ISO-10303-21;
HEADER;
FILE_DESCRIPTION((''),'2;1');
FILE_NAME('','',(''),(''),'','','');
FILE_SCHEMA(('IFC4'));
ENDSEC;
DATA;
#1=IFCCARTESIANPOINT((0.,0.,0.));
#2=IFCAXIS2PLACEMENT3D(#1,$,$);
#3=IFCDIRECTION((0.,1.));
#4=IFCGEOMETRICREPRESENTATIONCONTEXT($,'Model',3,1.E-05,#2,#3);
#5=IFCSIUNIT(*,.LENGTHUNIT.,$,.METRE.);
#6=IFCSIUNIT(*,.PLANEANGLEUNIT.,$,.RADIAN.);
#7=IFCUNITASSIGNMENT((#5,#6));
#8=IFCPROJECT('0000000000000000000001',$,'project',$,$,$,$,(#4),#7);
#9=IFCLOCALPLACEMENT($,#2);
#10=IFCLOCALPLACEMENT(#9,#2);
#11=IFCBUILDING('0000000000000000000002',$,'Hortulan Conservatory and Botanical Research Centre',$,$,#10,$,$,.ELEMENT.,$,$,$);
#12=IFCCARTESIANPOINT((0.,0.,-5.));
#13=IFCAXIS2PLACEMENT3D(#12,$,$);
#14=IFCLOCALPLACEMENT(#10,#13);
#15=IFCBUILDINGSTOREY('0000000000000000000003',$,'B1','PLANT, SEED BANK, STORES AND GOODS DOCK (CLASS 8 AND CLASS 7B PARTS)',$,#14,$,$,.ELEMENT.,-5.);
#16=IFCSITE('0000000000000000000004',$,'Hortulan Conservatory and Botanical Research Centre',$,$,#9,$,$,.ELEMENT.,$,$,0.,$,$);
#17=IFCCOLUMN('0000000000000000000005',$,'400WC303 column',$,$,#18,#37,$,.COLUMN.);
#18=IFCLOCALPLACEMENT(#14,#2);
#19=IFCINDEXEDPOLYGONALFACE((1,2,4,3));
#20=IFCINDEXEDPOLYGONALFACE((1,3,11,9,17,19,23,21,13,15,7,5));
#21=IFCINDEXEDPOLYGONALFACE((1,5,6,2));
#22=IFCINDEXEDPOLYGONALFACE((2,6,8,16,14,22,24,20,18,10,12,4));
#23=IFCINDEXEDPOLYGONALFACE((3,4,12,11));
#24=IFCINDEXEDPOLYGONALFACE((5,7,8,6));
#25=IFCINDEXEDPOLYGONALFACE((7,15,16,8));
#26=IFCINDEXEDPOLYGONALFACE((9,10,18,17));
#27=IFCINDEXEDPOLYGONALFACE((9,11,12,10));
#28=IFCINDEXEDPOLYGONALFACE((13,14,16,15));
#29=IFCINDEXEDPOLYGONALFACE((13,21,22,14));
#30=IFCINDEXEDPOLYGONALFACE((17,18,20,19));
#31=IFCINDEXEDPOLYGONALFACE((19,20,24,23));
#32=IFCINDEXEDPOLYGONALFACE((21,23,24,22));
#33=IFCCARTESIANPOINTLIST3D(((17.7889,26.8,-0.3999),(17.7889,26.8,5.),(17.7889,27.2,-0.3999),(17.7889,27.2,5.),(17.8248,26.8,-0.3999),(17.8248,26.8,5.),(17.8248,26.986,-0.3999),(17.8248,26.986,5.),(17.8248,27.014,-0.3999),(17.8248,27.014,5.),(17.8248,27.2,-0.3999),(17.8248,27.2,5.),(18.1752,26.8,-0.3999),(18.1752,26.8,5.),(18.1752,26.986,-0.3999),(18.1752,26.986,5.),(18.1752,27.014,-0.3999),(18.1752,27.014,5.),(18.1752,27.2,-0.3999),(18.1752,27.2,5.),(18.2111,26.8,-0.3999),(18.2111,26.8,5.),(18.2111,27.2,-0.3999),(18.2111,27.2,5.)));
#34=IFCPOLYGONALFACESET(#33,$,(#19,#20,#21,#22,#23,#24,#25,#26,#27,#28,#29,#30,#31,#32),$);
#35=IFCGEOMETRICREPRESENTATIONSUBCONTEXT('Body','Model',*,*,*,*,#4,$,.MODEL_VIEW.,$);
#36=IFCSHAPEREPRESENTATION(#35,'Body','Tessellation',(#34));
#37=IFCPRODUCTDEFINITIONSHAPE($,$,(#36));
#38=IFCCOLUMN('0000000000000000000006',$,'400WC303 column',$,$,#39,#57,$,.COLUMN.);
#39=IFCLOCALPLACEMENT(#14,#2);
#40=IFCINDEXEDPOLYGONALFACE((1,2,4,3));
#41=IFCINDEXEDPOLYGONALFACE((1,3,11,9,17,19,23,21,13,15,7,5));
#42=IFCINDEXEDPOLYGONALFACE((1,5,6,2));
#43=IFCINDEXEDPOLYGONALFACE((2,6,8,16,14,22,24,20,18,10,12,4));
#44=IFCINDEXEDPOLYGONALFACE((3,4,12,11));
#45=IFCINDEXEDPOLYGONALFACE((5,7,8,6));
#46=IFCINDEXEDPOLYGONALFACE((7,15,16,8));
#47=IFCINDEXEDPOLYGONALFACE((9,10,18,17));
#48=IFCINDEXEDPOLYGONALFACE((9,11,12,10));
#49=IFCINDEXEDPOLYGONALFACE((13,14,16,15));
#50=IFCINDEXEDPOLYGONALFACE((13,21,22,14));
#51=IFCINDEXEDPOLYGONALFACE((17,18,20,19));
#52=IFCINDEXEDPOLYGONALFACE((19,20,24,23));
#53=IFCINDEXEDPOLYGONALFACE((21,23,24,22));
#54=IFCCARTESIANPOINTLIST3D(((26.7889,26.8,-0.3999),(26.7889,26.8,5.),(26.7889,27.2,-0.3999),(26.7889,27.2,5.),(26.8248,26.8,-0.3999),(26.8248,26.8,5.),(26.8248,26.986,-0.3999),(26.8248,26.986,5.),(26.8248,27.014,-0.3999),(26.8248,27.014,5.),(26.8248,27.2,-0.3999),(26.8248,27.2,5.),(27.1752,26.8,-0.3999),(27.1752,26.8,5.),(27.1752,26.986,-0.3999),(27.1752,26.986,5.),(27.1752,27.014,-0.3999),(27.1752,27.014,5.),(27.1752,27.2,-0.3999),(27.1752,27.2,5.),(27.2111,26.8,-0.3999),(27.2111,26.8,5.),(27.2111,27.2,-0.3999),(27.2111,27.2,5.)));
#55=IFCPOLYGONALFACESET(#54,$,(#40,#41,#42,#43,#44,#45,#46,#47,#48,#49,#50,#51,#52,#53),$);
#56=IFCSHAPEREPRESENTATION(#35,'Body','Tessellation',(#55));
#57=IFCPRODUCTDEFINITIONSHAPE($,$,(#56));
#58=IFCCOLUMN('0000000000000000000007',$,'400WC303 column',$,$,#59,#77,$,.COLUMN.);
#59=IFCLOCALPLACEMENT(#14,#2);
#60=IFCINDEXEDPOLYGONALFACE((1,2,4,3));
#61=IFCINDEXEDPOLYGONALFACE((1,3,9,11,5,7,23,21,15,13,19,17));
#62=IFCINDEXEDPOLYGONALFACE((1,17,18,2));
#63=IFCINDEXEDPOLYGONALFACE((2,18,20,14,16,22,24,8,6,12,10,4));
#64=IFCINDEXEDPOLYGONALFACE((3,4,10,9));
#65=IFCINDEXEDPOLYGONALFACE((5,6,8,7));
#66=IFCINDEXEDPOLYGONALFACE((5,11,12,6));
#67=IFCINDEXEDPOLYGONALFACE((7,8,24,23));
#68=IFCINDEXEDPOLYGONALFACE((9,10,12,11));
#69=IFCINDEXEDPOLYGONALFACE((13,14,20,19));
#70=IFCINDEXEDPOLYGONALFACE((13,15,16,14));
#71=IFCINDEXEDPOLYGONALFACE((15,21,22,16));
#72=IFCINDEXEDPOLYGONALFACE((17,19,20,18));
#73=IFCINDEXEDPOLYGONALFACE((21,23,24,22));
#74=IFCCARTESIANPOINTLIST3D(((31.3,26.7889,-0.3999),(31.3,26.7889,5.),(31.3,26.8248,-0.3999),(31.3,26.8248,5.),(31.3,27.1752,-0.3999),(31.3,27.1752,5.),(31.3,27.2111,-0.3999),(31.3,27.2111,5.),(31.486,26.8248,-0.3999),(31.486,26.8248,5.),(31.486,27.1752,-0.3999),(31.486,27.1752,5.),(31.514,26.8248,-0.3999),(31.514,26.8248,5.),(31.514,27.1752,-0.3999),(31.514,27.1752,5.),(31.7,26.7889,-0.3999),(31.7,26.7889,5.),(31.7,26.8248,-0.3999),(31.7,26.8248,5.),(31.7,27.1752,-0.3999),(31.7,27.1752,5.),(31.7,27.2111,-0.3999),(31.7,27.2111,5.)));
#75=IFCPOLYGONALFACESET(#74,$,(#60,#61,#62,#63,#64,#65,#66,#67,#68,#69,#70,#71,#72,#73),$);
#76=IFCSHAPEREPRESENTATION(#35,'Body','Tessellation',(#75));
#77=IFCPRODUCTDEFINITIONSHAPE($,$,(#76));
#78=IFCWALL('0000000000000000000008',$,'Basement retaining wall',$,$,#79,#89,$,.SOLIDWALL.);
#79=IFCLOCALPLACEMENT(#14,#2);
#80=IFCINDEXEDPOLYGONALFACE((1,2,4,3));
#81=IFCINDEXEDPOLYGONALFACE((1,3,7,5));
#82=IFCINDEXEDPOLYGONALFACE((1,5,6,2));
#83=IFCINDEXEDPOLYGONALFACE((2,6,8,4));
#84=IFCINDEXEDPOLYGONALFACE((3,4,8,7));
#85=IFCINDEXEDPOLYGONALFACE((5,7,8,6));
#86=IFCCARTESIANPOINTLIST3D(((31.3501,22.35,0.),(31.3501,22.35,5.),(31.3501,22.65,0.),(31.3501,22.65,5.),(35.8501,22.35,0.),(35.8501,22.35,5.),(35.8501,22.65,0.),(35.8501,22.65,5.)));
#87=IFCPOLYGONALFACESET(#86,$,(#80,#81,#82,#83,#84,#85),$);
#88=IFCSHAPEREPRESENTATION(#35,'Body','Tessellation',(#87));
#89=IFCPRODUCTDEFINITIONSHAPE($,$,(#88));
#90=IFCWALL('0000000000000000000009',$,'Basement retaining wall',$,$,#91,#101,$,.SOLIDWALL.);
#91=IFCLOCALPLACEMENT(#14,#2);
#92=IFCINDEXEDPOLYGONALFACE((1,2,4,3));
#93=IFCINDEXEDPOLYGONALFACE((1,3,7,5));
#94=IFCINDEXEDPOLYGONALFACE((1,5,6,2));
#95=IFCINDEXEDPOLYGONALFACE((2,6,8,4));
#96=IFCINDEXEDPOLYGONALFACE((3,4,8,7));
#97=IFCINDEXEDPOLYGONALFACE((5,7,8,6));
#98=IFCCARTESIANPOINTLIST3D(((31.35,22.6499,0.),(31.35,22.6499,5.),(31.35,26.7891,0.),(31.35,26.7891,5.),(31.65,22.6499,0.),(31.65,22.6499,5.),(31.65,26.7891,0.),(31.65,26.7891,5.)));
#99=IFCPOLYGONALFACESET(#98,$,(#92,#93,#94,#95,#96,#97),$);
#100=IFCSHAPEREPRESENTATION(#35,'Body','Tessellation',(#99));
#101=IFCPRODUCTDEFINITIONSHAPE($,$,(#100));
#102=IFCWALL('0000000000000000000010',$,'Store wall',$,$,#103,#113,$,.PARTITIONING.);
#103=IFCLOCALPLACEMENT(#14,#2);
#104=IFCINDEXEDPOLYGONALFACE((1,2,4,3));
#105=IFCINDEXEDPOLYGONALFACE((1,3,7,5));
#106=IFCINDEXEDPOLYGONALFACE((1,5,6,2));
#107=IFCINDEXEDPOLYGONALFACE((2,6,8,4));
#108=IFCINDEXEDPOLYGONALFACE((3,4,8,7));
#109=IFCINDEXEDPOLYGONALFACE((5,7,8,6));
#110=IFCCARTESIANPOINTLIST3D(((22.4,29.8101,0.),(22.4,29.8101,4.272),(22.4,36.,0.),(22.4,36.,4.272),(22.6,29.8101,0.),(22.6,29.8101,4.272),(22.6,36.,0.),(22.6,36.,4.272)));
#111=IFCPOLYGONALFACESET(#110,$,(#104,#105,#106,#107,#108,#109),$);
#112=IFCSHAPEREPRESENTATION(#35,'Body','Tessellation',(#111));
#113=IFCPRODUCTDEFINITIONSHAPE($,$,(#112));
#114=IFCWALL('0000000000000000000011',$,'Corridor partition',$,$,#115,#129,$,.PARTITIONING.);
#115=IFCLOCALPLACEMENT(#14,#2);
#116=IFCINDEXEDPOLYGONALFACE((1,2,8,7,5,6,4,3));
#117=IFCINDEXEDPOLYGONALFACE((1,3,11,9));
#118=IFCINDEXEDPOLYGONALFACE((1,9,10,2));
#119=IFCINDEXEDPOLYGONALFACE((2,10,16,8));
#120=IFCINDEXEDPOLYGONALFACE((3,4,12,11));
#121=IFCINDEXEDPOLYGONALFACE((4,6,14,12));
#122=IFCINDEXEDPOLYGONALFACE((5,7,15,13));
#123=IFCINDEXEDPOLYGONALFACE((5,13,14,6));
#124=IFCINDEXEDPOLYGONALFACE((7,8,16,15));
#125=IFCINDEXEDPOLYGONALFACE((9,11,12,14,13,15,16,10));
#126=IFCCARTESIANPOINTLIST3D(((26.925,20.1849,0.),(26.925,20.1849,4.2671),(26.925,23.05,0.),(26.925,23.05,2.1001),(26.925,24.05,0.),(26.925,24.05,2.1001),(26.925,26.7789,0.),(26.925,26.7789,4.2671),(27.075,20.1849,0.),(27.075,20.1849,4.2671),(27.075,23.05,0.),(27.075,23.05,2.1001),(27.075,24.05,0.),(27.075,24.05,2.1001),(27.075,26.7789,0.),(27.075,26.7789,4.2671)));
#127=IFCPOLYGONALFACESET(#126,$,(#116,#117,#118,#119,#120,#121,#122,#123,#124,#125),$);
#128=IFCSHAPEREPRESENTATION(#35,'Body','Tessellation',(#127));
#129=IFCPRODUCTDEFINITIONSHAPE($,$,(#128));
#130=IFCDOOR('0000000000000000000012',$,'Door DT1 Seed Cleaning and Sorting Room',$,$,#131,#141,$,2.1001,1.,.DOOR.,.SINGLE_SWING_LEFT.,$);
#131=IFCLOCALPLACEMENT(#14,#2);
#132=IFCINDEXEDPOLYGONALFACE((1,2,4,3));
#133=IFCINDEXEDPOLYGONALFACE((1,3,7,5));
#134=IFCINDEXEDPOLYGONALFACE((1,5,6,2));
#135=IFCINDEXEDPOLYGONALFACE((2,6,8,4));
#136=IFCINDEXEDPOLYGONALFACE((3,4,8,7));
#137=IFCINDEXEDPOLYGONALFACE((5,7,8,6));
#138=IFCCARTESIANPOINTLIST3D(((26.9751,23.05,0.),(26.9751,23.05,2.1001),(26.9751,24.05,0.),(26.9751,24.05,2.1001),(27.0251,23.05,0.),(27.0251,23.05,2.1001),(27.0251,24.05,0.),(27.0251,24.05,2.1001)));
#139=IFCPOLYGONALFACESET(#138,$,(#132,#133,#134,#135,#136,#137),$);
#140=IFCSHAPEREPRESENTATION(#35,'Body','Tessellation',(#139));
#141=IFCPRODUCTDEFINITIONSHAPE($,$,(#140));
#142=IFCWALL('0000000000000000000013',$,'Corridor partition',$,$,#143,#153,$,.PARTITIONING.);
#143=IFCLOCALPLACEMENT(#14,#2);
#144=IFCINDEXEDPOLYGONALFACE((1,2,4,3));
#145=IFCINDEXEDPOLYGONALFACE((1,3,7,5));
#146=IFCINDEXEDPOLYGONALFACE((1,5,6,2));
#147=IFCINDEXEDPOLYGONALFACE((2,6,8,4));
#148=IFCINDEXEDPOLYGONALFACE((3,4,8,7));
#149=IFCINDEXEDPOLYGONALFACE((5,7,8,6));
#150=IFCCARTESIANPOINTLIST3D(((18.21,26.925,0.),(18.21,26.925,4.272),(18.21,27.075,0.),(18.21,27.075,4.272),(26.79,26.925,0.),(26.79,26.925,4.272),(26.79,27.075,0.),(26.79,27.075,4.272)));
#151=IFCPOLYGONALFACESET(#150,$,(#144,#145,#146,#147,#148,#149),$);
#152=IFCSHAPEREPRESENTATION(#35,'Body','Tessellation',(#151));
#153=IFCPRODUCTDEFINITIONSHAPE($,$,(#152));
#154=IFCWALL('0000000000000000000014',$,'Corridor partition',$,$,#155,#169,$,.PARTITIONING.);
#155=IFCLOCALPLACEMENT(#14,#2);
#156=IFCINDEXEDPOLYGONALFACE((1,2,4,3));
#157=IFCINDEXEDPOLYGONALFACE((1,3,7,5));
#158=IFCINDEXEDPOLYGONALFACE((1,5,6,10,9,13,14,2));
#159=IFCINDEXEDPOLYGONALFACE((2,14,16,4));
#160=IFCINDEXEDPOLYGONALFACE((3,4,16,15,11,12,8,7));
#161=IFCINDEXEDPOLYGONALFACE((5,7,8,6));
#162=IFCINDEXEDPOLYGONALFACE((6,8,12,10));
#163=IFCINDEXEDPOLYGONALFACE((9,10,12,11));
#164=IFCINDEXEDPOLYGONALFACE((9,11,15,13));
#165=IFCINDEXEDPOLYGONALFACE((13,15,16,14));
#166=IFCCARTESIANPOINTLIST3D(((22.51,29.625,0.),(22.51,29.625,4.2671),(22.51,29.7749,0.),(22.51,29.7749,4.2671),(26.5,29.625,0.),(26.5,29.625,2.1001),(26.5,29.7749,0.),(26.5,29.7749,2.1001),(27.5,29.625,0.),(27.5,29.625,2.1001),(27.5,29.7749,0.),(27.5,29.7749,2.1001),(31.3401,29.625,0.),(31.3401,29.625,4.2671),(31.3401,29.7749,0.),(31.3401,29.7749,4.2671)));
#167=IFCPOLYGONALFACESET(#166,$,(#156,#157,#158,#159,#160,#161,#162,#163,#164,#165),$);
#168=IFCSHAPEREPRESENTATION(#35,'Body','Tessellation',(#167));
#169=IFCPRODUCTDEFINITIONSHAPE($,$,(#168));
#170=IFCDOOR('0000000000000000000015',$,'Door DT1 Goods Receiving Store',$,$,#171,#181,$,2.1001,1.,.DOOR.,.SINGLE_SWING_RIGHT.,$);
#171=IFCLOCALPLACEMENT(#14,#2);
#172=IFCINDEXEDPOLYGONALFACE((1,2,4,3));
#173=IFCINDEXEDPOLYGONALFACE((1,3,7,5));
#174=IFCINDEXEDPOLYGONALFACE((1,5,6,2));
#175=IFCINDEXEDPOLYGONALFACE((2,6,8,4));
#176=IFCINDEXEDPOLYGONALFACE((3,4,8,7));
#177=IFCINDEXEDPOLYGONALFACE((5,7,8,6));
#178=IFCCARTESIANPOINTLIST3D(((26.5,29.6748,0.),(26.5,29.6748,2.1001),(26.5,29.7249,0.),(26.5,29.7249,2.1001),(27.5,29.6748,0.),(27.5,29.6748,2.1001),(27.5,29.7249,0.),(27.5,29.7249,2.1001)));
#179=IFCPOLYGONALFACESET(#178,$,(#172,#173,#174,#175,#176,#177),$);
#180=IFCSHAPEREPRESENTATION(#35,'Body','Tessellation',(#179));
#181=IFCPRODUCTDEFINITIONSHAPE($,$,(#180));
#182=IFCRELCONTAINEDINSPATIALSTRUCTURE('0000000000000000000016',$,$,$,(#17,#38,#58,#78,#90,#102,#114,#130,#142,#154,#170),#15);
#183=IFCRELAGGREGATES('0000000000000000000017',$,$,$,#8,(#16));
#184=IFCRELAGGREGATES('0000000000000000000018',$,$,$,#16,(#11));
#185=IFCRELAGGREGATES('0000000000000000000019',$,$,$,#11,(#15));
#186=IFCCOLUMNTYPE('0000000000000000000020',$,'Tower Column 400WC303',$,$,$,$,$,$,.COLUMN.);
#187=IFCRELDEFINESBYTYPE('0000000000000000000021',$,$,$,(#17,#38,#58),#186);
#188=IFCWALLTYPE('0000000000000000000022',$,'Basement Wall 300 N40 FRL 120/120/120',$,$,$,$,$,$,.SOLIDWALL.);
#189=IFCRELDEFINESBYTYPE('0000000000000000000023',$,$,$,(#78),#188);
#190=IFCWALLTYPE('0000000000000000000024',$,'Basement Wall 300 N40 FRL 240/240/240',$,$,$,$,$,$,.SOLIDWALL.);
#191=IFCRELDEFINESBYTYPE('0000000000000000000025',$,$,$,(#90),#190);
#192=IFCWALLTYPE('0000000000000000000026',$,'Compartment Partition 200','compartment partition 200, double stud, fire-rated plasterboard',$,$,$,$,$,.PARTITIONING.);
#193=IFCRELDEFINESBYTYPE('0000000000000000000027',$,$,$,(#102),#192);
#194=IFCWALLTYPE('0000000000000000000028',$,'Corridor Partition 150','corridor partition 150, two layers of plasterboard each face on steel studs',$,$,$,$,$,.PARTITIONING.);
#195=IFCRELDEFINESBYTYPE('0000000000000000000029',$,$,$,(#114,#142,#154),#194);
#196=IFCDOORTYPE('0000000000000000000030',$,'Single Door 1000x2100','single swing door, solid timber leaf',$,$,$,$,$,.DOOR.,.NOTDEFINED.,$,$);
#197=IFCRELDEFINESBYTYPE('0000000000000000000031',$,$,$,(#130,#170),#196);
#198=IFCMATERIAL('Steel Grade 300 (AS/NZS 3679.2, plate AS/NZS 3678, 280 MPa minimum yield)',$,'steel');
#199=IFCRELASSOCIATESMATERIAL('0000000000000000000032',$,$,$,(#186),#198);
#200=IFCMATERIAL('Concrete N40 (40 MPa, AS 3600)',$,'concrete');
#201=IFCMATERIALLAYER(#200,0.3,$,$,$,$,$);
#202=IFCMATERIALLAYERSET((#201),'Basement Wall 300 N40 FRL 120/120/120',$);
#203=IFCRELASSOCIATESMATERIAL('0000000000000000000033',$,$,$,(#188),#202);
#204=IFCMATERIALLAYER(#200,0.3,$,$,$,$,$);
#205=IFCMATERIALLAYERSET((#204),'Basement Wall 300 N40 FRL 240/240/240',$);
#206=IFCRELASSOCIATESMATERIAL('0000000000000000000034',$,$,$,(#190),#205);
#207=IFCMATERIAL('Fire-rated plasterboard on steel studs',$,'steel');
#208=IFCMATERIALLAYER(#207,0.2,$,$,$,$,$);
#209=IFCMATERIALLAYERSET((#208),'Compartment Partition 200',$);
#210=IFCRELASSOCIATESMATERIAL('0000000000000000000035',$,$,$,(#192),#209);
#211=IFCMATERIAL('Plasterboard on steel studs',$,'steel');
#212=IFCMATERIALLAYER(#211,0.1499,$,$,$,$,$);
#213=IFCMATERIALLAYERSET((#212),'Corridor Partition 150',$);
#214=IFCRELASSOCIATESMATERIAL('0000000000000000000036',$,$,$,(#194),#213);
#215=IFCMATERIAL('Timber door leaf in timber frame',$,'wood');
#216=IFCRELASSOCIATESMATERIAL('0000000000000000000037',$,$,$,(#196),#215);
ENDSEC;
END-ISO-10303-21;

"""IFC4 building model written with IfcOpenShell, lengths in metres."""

from ifc_helpers import new_model, si_unit, direction, frame, frame_2d, origin, origin_2d, place, context, subcontext, project, spatial, rectangle, i_section, extrude, material, layer, layer_set, material_profile, profile_set, type_object, element, fill, save


model = new_model("IFC4")

# Units and contexts
model_context = context("Model", 3, precision=1e-05, world=origin(), true_north=direction((0.0, 1.0)))
body_context = subcontext(model_context, "Body", "Model", "MODEL_VIEW")
ifc_project = project(units=[si_unit("LENGTHUNIT", "METRE"), si_unit("PLANEANGLEUNIT", "RADIAN")], contexts=[model_context])

# Site, building, storey
site_placement = place(None, origin())
site = spatial("IfcSite", under=ifc_project, at=site_placement, Name="Hortulan Conservatory and Botanical Research Centre", CompositionType="ELEMENT", RefElevation=0.0)
building_placement = place(site_placement, origin())
building = spatial("IfcBuilding", under=site, at=building_placement, Name="Hortulan Conservatory and Botanical Research Centre", CompositionType="ELEMENT")
storey_placement = place(building_placement, frame((0.0, 0.0, -5.0)))
storey = spatial("IfcBuildingStorey", under=building, at=storey_placement, Name="B1", Description="PLANT, SEED BANK, STORES AND GOODS DOCK (CLASS 8 AND CLASS 7B PARTS)", CompositionType="ELEMENT", Elevation=-5.0)

# Shared definitions
ifc_material_1 = material(Name="Concrete N40 (40 MPa, AS 3600)", Category="concrete")

# Columns
ifc_material_2 = material(Name="Steel Grade 300 (AS/NZS 3679.2, plate AS/NZS 3678, 280 MPa minimum yield)", Category="steel")
ifc_material_profile_1 = material_profile(ifc_material_2, i_section(OverallWidth=0.3999, OverallDepth=0.4221, WebThickness=0.0281, FlangeThickness=0.0359, at=origin_2d()), Name="400WC303")
ifc_profile_set_1 = profile_set([ifc_material_profile_1], Name="Steel Grade 300 (AS/NZS 3679.2, plate AS/NZS 3678, 280 MPa minimum yield)")
column_type_1 = type_object("IfcColumnType", Name="Tower Column 400WC303", PredefinedType="COLUMN", material=ifc_profile_set_1)
for number, where, z_axis, x_axis, name in (
    (1, (18.0, 27.0, -0.3999), (0.0, 0.0, 1.0), (0.0, 1.0, 0.0), "400WC303 column"),
    (2, (27.0, 27.0, -0.3999), (0.0, 0.0, 1.0), (0.0, 1.0, 0.0), "400WC303 column"),
    (3, (31.5, 27.0, -0.3999), (0.0, 0.0, 1.0), (1.0, 0.0, 0.0), "400WC303 column"),
):
    element("IfcColumn", number, at=place(storey_placement, frame(where, z_axis=z_axis, x_axis=x_axis)), inside=storey, type_object=column_type_1, Name=name, PredefinedType="COLUMN", context=body_context, shape_type="SweptSolid", body=[
        extrude(i_section(OverallWidth=0.3999, OverallDepth=0.4221, WebThickness=0.0281, FlangeThickness=0.0359, at=origin_2d()), origin(), (0.0, 0.0, 1.0), 5.3999),
    ])

# Walls
ifc_layer_1 = layer(ifc_material_1, 0.3)
ifc_layer_set_1 = layer_set([ifc_layer_1], Name="Basement Wall 300 N40 FRL 120/120/120")
wall_type_1 = type_object("IfcWallType", Name="Basement Wall 300 N40 FRL 120/120/120", PredefinedType="SOLIDWALL", material=ifc_layer_set_1)
wall_1_placement = place(storey_placement, frame((31.3501, 22.5, 0.0), z_axis=(0.0, 0.0, 1.0), x_axis=(1.0, 0.0, 0.0)))
element("IfcWall", 4, at=wall_1_placement, inside=storey, type_object=wall_type_1, Name="Basement retaining wall", PredefinedType="SOLIDWALL", context=body_context, shape_type="SweptSolid", body=[
    extrude(rectangle(XDim=4.5, YDim=0.3, at=frame_2d((2.25, 0.0))), origin(), (0.0, 0.0, 1.0), 5.0),
])
ifc_layer_2 = layer(ifc_material_1, 0.3)
ifc_layer_set_2 = layer_set([ifc_layer_2], Name="Basement Wall 300 N40 FRL 240/240/240")
wall_type_2 = type_object("IfcWallType", Name="Basement Wall 300 N40 FRL 240/240/240", PredefinedType="SOLIDWALL", material=ifc_layer_set_2)
wall_2_placement = place(storey_placement, frame((31.5, 26.7891, 0.0), z_axis=(0.0, 0.0, 1.0), x_axis=(0.0, -1.0, 0.0)))
element("IfcWall", 5, at=wall_2_placement, inside=storey, type_object=wall_type_2, Name="Basement retaining wall", PredefinedType="SOLIDWALL", context=body_context, shape_type="SweptSolid", body=[
    extrude(rectangle(XDim=4.1392, YDim=0.3, at=frame_2d((2.0696, 0.0))), origin(), (0.0, 0.0, 1.0), 5.0),
])
ifc_material_3 = material(Name="Fire-rated plasterboard on steel studs", Category="steel")
ifc_layer_3 = layer(ifc_material_3, 0.2)
ifc_layer_set_3 = layer_set([ifc_layer_3], Name="Compartment Partition 200")
wall_type_3 = type_object("IfcWallType", Name="Compartment Partition 200", Description="compartment partition 200, double stud, fire-rated plasterboard", PredefinedType="PARTITIONING", material=ifc_layer_set_3)
wall_3_placement = place(storey_placement, frame((22.5, 29.8101, 0.0), z_axis=(0.0, 0.0, 1.0), x_axis=(0.0, 1.0, 0.0)))
element("IfcWall", 6, at=wall_3_placement, inside=storey, type_object=wall_type_3, Name="Store wall", PredefinedType="PARTITIONING", context=body_context, shape_type="SweptSolid", body=[
    extrude(rectangle(XDim=6.1899, YDim=0.2, at=frame_2d((3.095, 0.0))), origin(), (0.0, 0.0, 1.0), 4.272),
])

# Wall, opening, door
ifc_material_4 = material(Name="Plasterboard on steel studs", Category="steel")
ifc_layer_4 = layer(ifc_material_4, 0.1499)
ifc_layer_set_4 = layer_set([ifc_layer_4], Name="Corridor Partition 150")
wall_type_4 = type_object("IfcWallType", Name="Corridor Partition 150", Description="corridor partition 150, two layers of plasterboard each face on steel studs", PredefinedType="PARTITIONING", material=ifc_layer_set_4)
wall_4_placement = place(storey_placement, frame((27.0, 20.1851, 0.0), z_axis=(0.0, 0.0, 1.0), x_axis=(0.0, 1.0, 0.0)))
wall_4 = element("IfcWall", 7, at=wall_4_placement, inside=storey, type_object=wall_type_4, Name="Corridor partition", PredefinedType="PARTITIONING", context=body_context, shape_type="SweptSolid", body=[
    extrude(rectangle(XDim=6.594, YDim=0.1499, at=frame_2d((3.2969, 0.0))), origin(), (0.0, 0.0, 1.0), 4.2671),
])
opening_1_placement = place(wall_4_placement, frame((2.865, 0.0, 0.0)))
opening_1 = element("IfcOpeningElement", 8, at=opening_1_placement, cuts=wall_4, PredefinedType="OPENING", context=body_context, shape_type="SweptSolid", body=[
    extrude(rectangle(XDim=1.0, YDim=2.1001, at=frame_2d((0.5, 1.05))), frame((0.0, 0.085, 0.0), z_axis=(0.0, -1.0, 0.0), x_axis=(1.0, 0.0, 0.0)), (0.0, 0.0, 1.0), 0.1699),
])
ifc_material_5 = material(Name="Timber door leaf in timber frame", Category="wood")
door_type = type_object("IfcDoorType", Name="Single Door 1000x2100", Description="single swing door, solid timber leaf", OperationType="NOTDEFINED", PredefinedType="DOOR", material=ifc_material_5)
door_1_placement = place(opening_1_placement, origin())
door_1 = element("IfcDoor", 9, at=door_1_placement, inside=storey, type_object=door_type, Name="Door DT1 Seed Cleaning and Sorting Room", OperationType="SINGLE_SWING_LEFT", OverallHeight=2.1001, OverallWidth=1.0, PredefinedType="DOOR", context=body_context, shape_type="SweptSolid", body=[
    extrude(rectangle(XDim=1.0, YDim=2.1001, at=frame_2d((0.5, 1.05))), frame((0.0, 0.0249, 0.0), z_axis=(0.0, -1.0, 0.0), x_axis=(1.0, 0.0, 0.0)), (0.0, 0.0, 1.0), 0.05),
])
fill(opening_1, door_1)

# Wall
wall_5_placement = place(storey_placement, frame((18.21, 27.0, 0.0), z_axis=(0.0, 0.0, 1.0), x_axis=(1.0, 0.0, 0.0)))
element("IfcWall", 10, at=wall_5_placement, inside=storey, type_object=wall_type_4, Name="Corridor partition", PredefinedType="PARTITIONING", context=body_context, shape_type="SweptSolid", body=[
    extrude(rectangle(XDim=8.5801, YDim=0.1499, at=frame_2d((4.29, 0.0))), origin(), (0.0, 0.0, 1.0), 4.272),
])

# Wall, opening, door
wall_6_placement = place(storey_placement, frame((22.51, 29.7, 0.0), z_axis=(0.0, 0.0, 1.0), x_axis=(1.0, 0.0, 0.0)))
wall_6 = element("IfcWall", 11, at=wall_6_placement, inside=storey, type_object=wall_type_4, Name="Corridor partition", PredefinedType="PARTITIONING", context=body_context, shape_type="SweptSolid", body=[
    extrude(rectangle(XDim=8.8301, YDim=0.1499, at=frame_2d((4.415, 0.0))), origin(), (0.0, 0.0, 1.0), 4.2671),
])
opening_2_placement = place(wall_6_placement, frame((3.99, 0.0, 0.0)))
opening_2 = element("IfcOpeningElement", 12, at=opening_2_placement, cuts=wall_6, PredefinedType="OPENING", context=body_context, shape_type="SweptSolid", body=[
    extrude(rectangle(XDim=1.0, YDim=2.1001, at=frame_2d((0.5, 1.05))), frame((0.0, 0.085, 0.0), z_axis=(0.0, -1.0, 0.0), x_axis=(1.0, 0.0, 0.0)), (0.0, 0.0, 1.0), 0.1699),
])
door_2_placement = place(opening_2_placement, origin())
door_2 = element("IfcDoor", 13, at=door_2_placement, inside=storey, type_object=door_type, Name="Door DT1 Goods Receiving Store", OperationType="SINGLE_SWING_RIGHT", OverallHeight=2.1001, OverallWidth=1.0, PredefinedType="DOOR", context=body_context, shape_type="SweptSolid", body=[
    extrude(rectangle(XDim=1.0, YDim=2.1001, at=frame_2d((0.5, 1.05))), frame((0.0, 0.0249, 0.0), z_axis=(0.0, -1.0, 0.0), x_axis=(1.0, 0.0, 0.0)), (0.0, 0.0, 1.0), 0.05),
])
fill(opening_2, door_2)

save(model, "model.ifc")
